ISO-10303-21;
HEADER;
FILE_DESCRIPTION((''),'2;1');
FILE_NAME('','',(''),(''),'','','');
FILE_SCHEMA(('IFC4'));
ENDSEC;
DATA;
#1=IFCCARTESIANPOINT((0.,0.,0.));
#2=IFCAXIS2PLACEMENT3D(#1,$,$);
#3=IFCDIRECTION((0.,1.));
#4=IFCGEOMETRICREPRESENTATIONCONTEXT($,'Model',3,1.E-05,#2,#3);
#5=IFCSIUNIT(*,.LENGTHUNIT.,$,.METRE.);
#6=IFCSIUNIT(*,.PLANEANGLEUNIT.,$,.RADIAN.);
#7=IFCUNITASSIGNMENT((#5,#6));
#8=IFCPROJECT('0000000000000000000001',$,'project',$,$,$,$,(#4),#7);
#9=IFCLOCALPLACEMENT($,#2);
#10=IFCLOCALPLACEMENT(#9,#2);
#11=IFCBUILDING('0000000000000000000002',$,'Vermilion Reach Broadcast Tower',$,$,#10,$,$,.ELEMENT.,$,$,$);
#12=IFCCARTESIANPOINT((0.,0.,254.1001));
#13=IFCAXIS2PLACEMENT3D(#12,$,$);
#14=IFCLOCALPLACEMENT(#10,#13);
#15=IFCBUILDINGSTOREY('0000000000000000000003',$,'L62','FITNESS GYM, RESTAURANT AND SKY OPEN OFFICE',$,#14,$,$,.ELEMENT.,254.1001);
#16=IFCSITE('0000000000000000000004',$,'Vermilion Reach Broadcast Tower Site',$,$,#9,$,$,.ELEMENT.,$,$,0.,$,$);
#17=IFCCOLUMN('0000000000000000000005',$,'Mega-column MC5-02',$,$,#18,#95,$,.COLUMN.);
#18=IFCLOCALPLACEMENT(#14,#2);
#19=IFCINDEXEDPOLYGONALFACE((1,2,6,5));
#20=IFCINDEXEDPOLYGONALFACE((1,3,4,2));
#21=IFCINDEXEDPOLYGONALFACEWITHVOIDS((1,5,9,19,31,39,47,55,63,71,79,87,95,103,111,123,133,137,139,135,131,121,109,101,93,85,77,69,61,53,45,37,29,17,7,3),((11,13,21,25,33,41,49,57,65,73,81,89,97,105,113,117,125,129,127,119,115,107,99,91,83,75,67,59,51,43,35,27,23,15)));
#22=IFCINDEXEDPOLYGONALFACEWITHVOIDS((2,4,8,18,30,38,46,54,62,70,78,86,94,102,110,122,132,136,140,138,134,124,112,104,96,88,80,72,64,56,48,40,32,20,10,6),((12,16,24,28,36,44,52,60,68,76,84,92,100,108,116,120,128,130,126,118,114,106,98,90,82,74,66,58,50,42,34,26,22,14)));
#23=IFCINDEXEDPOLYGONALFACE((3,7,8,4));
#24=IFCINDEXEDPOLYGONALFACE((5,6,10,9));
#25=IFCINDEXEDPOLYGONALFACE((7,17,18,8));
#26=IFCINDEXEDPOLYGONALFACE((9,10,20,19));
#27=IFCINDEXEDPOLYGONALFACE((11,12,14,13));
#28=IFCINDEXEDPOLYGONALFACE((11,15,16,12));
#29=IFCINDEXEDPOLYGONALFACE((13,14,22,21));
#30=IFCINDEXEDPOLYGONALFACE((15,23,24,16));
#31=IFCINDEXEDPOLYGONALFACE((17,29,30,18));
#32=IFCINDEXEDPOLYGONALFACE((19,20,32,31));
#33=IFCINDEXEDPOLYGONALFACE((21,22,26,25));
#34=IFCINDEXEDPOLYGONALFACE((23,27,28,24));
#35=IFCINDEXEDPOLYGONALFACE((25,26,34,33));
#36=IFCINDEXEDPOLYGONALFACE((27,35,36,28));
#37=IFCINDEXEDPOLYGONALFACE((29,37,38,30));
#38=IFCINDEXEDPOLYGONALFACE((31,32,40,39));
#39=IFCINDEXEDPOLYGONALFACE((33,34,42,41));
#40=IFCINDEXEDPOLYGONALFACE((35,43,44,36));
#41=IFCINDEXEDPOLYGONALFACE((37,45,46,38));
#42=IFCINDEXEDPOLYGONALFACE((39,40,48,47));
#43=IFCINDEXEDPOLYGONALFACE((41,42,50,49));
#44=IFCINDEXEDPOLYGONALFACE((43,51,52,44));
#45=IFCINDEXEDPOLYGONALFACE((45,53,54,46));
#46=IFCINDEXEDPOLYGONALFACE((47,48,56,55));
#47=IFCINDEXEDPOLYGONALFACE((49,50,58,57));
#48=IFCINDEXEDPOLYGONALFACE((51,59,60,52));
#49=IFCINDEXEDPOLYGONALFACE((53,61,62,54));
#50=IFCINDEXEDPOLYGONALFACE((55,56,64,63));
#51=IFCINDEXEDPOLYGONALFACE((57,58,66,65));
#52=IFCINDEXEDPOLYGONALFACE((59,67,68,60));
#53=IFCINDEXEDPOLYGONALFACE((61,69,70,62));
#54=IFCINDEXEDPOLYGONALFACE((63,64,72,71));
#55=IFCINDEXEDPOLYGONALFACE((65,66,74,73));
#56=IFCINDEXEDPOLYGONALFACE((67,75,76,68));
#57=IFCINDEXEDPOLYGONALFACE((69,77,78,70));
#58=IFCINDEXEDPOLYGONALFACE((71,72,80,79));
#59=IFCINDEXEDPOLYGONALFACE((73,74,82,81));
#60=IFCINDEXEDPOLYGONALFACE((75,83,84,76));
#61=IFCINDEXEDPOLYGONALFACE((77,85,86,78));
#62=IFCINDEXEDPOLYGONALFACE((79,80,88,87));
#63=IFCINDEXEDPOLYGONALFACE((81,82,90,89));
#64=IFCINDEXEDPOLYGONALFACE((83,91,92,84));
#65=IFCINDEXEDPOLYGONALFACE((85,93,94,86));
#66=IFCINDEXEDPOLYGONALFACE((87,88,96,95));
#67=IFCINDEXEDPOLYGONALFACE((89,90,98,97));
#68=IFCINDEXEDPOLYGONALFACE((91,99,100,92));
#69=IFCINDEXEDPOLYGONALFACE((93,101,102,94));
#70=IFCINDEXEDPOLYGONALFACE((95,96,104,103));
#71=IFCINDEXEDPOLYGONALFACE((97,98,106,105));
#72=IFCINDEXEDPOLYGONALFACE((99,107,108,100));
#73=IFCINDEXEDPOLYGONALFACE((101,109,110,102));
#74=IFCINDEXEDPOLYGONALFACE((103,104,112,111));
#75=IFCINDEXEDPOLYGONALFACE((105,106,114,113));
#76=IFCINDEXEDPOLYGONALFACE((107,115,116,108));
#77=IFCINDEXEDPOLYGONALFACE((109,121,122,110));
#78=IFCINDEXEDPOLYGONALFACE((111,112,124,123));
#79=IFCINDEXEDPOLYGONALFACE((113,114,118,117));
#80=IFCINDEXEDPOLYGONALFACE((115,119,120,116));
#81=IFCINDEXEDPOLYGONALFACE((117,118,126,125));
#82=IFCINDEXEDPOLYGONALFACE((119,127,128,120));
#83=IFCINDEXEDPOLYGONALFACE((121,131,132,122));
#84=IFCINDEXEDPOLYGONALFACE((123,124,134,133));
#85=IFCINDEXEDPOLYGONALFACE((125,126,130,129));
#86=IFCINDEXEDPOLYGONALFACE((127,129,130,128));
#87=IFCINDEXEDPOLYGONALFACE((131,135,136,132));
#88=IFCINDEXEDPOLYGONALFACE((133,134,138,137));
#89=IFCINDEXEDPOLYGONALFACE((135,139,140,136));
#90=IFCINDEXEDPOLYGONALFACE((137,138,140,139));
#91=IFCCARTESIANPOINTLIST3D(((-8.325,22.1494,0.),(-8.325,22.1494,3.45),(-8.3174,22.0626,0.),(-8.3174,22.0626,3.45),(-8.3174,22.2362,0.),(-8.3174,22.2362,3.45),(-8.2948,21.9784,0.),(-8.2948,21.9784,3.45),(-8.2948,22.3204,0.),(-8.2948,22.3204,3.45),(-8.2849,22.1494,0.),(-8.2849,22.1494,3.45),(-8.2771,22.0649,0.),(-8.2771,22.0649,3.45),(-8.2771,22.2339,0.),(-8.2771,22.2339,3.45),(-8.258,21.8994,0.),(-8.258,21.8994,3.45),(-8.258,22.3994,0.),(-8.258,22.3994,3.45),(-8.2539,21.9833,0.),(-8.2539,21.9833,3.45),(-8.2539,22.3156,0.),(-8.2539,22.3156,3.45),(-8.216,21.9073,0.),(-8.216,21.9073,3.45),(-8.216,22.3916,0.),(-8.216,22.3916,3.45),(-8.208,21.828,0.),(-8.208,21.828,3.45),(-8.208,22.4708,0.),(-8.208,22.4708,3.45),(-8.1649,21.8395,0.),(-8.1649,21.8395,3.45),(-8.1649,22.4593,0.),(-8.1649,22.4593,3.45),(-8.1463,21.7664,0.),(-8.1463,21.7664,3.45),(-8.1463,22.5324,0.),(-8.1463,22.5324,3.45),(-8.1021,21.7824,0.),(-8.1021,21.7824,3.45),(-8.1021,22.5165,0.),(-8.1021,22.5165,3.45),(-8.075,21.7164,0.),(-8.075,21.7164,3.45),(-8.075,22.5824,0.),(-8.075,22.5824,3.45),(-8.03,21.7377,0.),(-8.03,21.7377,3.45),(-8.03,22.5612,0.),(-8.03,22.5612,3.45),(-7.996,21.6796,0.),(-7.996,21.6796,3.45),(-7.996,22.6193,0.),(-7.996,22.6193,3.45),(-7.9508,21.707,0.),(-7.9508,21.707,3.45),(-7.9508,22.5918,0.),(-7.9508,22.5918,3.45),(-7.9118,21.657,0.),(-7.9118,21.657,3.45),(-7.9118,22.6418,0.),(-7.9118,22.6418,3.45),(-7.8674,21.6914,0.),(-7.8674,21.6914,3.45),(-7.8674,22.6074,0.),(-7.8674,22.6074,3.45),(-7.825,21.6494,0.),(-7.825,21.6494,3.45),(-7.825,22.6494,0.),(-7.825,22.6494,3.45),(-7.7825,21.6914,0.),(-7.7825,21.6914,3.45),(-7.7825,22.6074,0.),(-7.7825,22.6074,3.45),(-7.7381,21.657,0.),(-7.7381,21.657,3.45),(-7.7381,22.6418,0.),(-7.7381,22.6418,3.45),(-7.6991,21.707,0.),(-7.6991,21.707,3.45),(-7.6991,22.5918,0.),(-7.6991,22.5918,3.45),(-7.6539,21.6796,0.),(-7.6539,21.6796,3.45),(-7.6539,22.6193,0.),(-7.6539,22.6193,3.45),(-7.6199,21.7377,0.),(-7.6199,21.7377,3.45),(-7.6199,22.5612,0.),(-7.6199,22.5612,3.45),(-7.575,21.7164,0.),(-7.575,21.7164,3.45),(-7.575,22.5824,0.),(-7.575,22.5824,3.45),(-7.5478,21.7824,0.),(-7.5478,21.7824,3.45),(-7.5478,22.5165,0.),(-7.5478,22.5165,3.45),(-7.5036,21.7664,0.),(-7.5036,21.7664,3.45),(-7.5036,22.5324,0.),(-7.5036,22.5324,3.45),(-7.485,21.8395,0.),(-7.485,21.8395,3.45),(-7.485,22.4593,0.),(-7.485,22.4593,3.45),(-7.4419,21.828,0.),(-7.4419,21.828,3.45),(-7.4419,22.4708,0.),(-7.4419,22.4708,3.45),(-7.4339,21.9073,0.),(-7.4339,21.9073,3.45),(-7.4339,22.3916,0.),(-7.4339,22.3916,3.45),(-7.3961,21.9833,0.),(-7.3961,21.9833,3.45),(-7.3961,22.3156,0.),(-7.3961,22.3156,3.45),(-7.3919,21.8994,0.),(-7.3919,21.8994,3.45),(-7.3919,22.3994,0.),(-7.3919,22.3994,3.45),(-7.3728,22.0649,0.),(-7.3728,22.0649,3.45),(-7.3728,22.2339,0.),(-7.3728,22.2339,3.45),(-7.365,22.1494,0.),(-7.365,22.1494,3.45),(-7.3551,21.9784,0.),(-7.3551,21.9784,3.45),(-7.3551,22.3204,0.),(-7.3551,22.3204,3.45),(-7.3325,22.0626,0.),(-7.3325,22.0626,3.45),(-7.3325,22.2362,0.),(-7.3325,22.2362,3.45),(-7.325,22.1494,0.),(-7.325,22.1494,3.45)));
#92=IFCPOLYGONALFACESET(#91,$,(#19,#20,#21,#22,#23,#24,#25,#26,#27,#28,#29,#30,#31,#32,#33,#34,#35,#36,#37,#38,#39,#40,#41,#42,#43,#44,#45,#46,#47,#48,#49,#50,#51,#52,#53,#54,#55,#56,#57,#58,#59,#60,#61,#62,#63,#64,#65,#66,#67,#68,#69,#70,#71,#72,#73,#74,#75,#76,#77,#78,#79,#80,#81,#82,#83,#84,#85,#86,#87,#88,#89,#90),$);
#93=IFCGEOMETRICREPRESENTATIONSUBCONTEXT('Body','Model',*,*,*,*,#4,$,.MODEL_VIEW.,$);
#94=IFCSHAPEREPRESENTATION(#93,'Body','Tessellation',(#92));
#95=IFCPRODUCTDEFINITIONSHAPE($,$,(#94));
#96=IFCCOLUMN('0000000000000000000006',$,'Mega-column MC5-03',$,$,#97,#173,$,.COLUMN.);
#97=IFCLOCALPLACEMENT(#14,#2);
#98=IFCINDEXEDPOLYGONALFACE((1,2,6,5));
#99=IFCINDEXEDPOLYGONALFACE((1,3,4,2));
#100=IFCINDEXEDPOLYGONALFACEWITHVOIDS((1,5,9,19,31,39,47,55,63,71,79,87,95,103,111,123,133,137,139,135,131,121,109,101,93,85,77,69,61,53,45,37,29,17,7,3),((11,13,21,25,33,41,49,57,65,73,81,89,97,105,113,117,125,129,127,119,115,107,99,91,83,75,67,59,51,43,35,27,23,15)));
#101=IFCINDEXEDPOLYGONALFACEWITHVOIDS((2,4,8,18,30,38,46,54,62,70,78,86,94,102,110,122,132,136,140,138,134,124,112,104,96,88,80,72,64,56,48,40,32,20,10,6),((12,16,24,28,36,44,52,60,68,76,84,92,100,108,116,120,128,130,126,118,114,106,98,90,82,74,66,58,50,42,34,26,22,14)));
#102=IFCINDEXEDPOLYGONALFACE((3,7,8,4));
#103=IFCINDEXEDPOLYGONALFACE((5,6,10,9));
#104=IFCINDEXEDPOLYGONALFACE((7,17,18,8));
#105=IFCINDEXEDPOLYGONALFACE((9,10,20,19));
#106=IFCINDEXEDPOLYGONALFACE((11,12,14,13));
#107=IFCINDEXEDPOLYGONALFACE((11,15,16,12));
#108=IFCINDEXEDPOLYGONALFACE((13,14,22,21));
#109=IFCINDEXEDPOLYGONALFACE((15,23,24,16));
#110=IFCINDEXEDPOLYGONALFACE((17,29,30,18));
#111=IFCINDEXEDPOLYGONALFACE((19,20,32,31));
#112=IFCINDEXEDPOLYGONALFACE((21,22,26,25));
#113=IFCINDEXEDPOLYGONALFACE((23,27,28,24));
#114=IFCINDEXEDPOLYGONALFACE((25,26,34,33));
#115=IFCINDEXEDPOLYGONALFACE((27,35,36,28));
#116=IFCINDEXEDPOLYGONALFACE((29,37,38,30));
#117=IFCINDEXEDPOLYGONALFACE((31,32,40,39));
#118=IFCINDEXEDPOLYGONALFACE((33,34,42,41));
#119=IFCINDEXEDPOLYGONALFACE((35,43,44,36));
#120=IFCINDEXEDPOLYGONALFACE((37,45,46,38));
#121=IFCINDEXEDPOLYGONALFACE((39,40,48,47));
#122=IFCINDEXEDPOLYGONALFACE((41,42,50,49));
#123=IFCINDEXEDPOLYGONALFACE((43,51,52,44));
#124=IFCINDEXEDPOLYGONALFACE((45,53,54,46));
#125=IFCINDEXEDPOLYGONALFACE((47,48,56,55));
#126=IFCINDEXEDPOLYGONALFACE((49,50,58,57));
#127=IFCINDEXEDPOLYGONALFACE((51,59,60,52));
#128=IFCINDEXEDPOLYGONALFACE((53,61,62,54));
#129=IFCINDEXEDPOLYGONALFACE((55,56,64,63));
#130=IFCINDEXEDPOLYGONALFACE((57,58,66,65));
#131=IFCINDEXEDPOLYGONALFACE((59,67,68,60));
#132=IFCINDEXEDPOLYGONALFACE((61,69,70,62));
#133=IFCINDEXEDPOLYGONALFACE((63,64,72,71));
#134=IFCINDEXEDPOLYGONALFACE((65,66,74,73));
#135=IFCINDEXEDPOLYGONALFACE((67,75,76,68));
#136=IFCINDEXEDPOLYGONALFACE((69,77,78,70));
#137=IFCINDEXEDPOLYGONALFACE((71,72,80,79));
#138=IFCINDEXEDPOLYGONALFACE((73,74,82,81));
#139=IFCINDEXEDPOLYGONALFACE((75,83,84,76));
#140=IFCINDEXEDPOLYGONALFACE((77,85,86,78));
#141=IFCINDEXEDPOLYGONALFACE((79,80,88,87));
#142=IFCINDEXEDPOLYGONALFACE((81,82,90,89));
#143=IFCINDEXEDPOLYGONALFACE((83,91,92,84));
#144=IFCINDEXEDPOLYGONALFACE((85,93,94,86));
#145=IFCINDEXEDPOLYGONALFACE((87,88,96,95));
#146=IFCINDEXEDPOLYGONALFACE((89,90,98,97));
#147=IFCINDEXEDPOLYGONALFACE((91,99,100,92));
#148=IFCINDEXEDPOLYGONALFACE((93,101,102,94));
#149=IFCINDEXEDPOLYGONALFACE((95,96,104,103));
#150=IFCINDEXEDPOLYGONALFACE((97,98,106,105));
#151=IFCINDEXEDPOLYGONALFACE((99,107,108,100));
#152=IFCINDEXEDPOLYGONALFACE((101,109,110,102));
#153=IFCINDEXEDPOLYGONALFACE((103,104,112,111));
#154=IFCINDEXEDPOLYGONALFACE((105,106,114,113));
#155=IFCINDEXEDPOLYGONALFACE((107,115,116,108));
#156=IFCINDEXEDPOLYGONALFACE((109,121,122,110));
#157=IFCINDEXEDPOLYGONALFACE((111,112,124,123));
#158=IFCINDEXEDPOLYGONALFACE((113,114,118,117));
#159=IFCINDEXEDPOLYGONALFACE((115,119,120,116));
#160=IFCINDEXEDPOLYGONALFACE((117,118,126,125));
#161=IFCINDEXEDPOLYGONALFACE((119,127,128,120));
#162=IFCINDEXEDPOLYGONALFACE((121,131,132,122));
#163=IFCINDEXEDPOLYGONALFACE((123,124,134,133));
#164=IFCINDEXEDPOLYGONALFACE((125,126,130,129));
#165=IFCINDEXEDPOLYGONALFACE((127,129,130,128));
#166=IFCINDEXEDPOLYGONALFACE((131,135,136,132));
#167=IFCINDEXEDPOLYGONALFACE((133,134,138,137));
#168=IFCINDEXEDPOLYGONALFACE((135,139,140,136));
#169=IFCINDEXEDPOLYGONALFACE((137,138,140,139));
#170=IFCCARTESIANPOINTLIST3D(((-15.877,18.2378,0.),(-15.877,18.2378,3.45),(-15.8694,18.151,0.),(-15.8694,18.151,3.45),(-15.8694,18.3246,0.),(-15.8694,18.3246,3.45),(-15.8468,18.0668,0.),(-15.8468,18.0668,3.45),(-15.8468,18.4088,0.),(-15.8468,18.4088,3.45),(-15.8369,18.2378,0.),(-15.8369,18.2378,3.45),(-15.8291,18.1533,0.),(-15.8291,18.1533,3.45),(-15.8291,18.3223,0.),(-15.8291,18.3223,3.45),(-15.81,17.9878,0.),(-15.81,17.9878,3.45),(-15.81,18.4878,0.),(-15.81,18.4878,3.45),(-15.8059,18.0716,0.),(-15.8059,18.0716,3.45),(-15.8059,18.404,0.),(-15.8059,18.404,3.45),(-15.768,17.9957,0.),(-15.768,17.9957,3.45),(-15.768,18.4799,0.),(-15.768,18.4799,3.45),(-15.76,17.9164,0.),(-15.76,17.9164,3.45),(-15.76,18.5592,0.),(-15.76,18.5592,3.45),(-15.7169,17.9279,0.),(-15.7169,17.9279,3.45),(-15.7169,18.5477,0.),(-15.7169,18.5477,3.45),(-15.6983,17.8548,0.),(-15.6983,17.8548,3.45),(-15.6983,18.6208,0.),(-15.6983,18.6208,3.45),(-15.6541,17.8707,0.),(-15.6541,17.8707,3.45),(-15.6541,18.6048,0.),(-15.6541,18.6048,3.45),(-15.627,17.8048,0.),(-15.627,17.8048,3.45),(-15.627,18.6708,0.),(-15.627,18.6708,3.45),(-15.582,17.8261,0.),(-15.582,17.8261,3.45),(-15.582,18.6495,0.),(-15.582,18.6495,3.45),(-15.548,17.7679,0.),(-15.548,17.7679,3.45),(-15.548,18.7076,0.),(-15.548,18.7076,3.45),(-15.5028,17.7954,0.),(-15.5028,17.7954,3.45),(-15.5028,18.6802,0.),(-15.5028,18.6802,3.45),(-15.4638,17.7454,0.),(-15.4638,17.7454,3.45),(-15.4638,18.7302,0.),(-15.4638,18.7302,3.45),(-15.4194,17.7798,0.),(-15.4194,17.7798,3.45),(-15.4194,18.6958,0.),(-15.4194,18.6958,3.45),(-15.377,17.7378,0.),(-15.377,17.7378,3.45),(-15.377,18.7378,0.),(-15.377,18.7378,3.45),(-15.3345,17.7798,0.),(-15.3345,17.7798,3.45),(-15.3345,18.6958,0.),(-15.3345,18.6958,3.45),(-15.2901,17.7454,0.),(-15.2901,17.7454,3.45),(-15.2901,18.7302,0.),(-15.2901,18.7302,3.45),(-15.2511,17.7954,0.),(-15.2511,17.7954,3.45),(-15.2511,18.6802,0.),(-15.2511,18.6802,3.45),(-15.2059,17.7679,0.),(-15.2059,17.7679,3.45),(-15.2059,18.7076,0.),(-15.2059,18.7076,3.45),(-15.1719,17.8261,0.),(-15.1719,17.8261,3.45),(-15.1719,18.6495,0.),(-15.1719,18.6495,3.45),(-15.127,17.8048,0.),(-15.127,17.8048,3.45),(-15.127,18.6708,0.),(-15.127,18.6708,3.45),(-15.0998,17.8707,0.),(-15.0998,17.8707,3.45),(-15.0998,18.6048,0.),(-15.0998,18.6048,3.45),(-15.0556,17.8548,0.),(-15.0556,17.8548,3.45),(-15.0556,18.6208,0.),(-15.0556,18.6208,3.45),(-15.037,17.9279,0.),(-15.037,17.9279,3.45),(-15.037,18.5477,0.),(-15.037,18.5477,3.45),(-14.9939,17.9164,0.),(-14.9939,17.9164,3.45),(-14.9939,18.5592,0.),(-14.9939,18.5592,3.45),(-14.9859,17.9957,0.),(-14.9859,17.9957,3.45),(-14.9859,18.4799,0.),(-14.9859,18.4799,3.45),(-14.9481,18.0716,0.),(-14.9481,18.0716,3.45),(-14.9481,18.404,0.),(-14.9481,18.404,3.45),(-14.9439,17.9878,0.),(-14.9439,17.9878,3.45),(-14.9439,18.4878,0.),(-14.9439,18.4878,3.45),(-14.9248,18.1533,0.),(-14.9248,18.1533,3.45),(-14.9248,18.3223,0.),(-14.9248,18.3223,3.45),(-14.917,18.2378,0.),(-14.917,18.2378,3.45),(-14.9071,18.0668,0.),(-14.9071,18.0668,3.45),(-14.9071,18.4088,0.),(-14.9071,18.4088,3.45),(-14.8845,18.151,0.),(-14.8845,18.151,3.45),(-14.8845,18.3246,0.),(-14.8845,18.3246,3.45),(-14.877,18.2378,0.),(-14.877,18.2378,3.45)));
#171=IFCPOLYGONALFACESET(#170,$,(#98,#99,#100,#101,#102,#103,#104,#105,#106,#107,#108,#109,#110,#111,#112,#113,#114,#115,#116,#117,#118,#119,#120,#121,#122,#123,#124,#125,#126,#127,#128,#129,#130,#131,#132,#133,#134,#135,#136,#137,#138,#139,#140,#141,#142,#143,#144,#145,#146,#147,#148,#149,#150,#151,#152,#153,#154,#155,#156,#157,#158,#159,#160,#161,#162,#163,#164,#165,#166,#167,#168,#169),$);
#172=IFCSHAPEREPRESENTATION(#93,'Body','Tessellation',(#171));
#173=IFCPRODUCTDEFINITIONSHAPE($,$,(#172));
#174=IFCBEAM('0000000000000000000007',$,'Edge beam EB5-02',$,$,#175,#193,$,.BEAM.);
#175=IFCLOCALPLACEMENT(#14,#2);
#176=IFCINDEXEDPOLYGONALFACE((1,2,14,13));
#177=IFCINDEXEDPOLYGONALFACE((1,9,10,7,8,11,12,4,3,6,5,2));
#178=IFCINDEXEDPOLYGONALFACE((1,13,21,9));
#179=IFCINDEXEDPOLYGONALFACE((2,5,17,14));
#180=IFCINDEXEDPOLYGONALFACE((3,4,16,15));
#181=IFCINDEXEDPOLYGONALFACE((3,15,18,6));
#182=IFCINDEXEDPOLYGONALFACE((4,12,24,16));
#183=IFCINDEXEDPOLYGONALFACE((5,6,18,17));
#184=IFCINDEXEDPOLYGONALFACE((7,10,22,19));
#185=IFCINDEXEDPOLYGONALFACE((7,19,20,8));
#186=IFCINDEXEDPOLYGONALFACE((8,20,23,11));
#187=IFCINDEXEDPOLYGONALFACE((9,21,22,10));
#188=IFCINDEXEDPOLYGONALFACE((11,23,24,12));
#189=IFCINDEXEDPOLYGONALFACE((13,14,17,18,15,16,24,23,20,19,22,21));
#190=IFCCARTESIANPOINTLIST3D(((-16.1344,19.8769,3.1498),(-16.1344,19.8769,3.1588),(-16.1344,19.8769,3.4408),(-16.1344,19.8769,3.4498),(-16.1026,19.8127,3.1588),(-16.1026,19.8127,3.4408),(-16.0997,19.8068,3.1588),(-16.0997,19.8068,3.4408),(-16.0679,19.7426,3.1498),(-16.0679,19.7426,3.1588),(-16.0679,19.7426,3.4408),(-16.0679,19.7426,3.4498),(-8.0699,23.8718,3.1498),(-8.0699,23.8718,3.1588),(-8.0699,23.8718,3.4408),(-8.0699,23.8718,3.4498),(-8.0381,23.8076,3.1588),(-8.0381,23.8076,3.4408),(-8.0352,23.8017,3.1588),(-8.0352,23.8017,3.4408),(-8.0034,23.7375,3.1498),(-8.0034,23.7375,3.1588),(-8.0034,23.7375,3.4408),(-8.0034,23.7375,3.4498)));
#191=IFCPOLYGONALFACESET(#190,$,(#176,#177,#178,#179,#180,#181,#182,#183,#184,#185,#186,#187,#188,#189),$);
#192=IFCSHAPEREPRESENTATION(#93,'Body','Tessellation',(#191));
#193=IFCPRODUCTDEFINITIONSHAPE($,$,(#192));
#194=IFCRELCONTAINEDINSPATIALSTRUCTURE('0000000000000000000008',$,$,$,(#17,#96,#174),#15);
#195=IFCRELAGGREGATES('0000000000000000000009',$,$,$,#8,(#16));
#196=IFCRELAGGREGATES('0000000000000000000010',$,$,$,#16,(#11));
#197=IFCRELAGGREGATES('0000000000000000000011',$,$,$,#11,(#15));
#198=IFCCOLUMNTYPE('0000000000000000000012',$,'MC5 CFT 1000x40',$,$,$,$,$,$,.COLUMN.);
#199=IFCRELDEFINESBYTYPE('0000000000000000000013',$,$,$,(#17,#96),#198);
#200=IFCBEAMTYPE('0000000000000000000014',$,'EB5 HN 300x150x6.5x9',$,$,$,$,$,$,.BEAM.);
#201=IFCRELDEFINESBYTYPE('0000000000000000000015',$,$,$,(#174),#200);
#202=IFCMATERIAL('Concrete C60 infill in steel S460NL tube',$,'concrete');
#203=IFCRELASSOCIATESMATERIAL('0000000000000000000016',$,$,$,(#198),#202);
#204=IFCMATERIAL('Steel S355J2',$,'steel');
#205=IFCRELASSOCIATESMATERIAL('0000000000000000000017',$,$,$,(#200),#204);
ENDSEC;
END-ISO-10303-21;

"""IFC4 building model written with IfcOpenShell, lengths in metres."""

from ifc_helpers import new_model, si_unit, direction, frame, origin, origin_2d, place, context, subcontext, project, spatial, hollow_circle, i_section, extrude, material, material_profile, profile_set, type_object, element, save


model = new_model("IFC4")

# Units and contexts
model_context = context("Model", 3, precision=1e-05, world=origin(), true_north=direction((0.0, 1.0)))
body_context = subcontext(model_context, "Body", "Model", "MODEL_VIEW")
ifc_project = project(units=[si_unit("LENGTHUNIT", "METRE"), si_unit("PLANEANGLEUNIT", "RADIAN")], contexts=[model_context])

# Site, building, storey
site_placement = place(None, origin())
site = spatial("IfcSite", under=ifc_project, at=site_placement, Name="Vermilion Reach Broadcast Tower Site", CompositionType="ELEMENT", RefElevation=0.0)
building_placement = place(site_placement, origin())
building = spatial("IfcBuilding", under=site, at=building_placement, Name="Vermilion Reach Broadcast Tower", CompositionType="ELEMENT")
storey_placement = place(building_placement, frame((0.0, 0.0, 254.1001)))
storey = spatial("IfcBuildingStorey", under=building, at=storey_placement, Name="L62", Description="FITNESS GYM, RESTAURANT AND SKY OPEN OFFICE", CompositionType="ELEMENT", Elevation=254.1001)

# Columns
ifc_material_1 = material(Name="Concrete C60 infill in steel S460NL tube", Category="concrete")
ifc_material_profile_1 = material_profile(ifc_material_1, hollow_circle(Radius=0.5, WallThickness=0.04, at=origin_2d()), Name="Concrete C60 infill in steel S460NL tube CFT 1000x40")
ifc_profile_set_1 = profile_set([ifc_material_profile_1], Name="Concrete C60 infill in steel S460NL tube")
column_type = type_object("IfcColumnType", Name="MC5 CFT 1000x40", PredefinedType="COLUMN", material=ifc_profile_set_1)
for number, where, z_axis, x_axis, name in (
    (1, (-7.825, 22.1494, 0.0), (0.0, 0.0, 1.0), (1.0, 0.0, 0.0), "Mega-column MC5-02"),
    (2, (-15.377, 18.2378, 0.0), (0.0, 0.0, 1.0), (1.0, 0.0, 0.0), "Mega-column MC5-03"),
):
    element("IfcColumn", number, at=place(storey_placement, frame(where, z_axis=z_axis, x_axis=x_axis)), inside=storey, type_object=column_type, Name=name, PredefinedType="COLUMN", context=body_context, shape_type="SweptSolid", body=[
        extrude(hollow_circle(Radius=0.5, WallThickness=0.04, at=origin_2d()), origin(), (0.0, 0.0, 1.0), 3.45),
    ])

# Beam
ifc_material_2 = material(Name="Steel S355J2", Category="steel")
ifc_material_profile_2 = material_profile(ifc_material_2, i_section(OverallWidth=0.1499, OverallDepth=0.3, WebThickness=0.0066, FlangeThickness=0.009, at=origin_2d()), Name="S355J2 HN 300x150x6.5x9")
ifc_profile_set_2 = profile_set([ifc_material_profile_2], Name="Steel S355J2")
beam_type_1 = type_object("IfcBeamType", Name="EB5 HN 300x150x6.5x9", PredefinedType="BEAM", material=ifc_profile_set_2)
beam_1_placement = place(storey_placement, frame((-8.0366, 23.8047, 3.2998), z_axis=(-0.896081, -0.44389, 0.0), x_axis=(0.44389, -0.896081, 0.0)))
element("IfcBeam", 3, at=beam_1_placement, inside=storey, type_object=beam_type_1, Name="Edge beam EB5-02", PredefinedType="BEAM", context=body_context, shape_type="SweptSolid", body=[
    extrude(i_section(OverallWidth=0.1499, OverallDepth=0.3, WebThickness=0.0066, FlangeThickness=0.009, at=origin_2d()), origin(), (0.0, 0.0, 1.0), 8.9998),
])

save(model, "model.ifc")
